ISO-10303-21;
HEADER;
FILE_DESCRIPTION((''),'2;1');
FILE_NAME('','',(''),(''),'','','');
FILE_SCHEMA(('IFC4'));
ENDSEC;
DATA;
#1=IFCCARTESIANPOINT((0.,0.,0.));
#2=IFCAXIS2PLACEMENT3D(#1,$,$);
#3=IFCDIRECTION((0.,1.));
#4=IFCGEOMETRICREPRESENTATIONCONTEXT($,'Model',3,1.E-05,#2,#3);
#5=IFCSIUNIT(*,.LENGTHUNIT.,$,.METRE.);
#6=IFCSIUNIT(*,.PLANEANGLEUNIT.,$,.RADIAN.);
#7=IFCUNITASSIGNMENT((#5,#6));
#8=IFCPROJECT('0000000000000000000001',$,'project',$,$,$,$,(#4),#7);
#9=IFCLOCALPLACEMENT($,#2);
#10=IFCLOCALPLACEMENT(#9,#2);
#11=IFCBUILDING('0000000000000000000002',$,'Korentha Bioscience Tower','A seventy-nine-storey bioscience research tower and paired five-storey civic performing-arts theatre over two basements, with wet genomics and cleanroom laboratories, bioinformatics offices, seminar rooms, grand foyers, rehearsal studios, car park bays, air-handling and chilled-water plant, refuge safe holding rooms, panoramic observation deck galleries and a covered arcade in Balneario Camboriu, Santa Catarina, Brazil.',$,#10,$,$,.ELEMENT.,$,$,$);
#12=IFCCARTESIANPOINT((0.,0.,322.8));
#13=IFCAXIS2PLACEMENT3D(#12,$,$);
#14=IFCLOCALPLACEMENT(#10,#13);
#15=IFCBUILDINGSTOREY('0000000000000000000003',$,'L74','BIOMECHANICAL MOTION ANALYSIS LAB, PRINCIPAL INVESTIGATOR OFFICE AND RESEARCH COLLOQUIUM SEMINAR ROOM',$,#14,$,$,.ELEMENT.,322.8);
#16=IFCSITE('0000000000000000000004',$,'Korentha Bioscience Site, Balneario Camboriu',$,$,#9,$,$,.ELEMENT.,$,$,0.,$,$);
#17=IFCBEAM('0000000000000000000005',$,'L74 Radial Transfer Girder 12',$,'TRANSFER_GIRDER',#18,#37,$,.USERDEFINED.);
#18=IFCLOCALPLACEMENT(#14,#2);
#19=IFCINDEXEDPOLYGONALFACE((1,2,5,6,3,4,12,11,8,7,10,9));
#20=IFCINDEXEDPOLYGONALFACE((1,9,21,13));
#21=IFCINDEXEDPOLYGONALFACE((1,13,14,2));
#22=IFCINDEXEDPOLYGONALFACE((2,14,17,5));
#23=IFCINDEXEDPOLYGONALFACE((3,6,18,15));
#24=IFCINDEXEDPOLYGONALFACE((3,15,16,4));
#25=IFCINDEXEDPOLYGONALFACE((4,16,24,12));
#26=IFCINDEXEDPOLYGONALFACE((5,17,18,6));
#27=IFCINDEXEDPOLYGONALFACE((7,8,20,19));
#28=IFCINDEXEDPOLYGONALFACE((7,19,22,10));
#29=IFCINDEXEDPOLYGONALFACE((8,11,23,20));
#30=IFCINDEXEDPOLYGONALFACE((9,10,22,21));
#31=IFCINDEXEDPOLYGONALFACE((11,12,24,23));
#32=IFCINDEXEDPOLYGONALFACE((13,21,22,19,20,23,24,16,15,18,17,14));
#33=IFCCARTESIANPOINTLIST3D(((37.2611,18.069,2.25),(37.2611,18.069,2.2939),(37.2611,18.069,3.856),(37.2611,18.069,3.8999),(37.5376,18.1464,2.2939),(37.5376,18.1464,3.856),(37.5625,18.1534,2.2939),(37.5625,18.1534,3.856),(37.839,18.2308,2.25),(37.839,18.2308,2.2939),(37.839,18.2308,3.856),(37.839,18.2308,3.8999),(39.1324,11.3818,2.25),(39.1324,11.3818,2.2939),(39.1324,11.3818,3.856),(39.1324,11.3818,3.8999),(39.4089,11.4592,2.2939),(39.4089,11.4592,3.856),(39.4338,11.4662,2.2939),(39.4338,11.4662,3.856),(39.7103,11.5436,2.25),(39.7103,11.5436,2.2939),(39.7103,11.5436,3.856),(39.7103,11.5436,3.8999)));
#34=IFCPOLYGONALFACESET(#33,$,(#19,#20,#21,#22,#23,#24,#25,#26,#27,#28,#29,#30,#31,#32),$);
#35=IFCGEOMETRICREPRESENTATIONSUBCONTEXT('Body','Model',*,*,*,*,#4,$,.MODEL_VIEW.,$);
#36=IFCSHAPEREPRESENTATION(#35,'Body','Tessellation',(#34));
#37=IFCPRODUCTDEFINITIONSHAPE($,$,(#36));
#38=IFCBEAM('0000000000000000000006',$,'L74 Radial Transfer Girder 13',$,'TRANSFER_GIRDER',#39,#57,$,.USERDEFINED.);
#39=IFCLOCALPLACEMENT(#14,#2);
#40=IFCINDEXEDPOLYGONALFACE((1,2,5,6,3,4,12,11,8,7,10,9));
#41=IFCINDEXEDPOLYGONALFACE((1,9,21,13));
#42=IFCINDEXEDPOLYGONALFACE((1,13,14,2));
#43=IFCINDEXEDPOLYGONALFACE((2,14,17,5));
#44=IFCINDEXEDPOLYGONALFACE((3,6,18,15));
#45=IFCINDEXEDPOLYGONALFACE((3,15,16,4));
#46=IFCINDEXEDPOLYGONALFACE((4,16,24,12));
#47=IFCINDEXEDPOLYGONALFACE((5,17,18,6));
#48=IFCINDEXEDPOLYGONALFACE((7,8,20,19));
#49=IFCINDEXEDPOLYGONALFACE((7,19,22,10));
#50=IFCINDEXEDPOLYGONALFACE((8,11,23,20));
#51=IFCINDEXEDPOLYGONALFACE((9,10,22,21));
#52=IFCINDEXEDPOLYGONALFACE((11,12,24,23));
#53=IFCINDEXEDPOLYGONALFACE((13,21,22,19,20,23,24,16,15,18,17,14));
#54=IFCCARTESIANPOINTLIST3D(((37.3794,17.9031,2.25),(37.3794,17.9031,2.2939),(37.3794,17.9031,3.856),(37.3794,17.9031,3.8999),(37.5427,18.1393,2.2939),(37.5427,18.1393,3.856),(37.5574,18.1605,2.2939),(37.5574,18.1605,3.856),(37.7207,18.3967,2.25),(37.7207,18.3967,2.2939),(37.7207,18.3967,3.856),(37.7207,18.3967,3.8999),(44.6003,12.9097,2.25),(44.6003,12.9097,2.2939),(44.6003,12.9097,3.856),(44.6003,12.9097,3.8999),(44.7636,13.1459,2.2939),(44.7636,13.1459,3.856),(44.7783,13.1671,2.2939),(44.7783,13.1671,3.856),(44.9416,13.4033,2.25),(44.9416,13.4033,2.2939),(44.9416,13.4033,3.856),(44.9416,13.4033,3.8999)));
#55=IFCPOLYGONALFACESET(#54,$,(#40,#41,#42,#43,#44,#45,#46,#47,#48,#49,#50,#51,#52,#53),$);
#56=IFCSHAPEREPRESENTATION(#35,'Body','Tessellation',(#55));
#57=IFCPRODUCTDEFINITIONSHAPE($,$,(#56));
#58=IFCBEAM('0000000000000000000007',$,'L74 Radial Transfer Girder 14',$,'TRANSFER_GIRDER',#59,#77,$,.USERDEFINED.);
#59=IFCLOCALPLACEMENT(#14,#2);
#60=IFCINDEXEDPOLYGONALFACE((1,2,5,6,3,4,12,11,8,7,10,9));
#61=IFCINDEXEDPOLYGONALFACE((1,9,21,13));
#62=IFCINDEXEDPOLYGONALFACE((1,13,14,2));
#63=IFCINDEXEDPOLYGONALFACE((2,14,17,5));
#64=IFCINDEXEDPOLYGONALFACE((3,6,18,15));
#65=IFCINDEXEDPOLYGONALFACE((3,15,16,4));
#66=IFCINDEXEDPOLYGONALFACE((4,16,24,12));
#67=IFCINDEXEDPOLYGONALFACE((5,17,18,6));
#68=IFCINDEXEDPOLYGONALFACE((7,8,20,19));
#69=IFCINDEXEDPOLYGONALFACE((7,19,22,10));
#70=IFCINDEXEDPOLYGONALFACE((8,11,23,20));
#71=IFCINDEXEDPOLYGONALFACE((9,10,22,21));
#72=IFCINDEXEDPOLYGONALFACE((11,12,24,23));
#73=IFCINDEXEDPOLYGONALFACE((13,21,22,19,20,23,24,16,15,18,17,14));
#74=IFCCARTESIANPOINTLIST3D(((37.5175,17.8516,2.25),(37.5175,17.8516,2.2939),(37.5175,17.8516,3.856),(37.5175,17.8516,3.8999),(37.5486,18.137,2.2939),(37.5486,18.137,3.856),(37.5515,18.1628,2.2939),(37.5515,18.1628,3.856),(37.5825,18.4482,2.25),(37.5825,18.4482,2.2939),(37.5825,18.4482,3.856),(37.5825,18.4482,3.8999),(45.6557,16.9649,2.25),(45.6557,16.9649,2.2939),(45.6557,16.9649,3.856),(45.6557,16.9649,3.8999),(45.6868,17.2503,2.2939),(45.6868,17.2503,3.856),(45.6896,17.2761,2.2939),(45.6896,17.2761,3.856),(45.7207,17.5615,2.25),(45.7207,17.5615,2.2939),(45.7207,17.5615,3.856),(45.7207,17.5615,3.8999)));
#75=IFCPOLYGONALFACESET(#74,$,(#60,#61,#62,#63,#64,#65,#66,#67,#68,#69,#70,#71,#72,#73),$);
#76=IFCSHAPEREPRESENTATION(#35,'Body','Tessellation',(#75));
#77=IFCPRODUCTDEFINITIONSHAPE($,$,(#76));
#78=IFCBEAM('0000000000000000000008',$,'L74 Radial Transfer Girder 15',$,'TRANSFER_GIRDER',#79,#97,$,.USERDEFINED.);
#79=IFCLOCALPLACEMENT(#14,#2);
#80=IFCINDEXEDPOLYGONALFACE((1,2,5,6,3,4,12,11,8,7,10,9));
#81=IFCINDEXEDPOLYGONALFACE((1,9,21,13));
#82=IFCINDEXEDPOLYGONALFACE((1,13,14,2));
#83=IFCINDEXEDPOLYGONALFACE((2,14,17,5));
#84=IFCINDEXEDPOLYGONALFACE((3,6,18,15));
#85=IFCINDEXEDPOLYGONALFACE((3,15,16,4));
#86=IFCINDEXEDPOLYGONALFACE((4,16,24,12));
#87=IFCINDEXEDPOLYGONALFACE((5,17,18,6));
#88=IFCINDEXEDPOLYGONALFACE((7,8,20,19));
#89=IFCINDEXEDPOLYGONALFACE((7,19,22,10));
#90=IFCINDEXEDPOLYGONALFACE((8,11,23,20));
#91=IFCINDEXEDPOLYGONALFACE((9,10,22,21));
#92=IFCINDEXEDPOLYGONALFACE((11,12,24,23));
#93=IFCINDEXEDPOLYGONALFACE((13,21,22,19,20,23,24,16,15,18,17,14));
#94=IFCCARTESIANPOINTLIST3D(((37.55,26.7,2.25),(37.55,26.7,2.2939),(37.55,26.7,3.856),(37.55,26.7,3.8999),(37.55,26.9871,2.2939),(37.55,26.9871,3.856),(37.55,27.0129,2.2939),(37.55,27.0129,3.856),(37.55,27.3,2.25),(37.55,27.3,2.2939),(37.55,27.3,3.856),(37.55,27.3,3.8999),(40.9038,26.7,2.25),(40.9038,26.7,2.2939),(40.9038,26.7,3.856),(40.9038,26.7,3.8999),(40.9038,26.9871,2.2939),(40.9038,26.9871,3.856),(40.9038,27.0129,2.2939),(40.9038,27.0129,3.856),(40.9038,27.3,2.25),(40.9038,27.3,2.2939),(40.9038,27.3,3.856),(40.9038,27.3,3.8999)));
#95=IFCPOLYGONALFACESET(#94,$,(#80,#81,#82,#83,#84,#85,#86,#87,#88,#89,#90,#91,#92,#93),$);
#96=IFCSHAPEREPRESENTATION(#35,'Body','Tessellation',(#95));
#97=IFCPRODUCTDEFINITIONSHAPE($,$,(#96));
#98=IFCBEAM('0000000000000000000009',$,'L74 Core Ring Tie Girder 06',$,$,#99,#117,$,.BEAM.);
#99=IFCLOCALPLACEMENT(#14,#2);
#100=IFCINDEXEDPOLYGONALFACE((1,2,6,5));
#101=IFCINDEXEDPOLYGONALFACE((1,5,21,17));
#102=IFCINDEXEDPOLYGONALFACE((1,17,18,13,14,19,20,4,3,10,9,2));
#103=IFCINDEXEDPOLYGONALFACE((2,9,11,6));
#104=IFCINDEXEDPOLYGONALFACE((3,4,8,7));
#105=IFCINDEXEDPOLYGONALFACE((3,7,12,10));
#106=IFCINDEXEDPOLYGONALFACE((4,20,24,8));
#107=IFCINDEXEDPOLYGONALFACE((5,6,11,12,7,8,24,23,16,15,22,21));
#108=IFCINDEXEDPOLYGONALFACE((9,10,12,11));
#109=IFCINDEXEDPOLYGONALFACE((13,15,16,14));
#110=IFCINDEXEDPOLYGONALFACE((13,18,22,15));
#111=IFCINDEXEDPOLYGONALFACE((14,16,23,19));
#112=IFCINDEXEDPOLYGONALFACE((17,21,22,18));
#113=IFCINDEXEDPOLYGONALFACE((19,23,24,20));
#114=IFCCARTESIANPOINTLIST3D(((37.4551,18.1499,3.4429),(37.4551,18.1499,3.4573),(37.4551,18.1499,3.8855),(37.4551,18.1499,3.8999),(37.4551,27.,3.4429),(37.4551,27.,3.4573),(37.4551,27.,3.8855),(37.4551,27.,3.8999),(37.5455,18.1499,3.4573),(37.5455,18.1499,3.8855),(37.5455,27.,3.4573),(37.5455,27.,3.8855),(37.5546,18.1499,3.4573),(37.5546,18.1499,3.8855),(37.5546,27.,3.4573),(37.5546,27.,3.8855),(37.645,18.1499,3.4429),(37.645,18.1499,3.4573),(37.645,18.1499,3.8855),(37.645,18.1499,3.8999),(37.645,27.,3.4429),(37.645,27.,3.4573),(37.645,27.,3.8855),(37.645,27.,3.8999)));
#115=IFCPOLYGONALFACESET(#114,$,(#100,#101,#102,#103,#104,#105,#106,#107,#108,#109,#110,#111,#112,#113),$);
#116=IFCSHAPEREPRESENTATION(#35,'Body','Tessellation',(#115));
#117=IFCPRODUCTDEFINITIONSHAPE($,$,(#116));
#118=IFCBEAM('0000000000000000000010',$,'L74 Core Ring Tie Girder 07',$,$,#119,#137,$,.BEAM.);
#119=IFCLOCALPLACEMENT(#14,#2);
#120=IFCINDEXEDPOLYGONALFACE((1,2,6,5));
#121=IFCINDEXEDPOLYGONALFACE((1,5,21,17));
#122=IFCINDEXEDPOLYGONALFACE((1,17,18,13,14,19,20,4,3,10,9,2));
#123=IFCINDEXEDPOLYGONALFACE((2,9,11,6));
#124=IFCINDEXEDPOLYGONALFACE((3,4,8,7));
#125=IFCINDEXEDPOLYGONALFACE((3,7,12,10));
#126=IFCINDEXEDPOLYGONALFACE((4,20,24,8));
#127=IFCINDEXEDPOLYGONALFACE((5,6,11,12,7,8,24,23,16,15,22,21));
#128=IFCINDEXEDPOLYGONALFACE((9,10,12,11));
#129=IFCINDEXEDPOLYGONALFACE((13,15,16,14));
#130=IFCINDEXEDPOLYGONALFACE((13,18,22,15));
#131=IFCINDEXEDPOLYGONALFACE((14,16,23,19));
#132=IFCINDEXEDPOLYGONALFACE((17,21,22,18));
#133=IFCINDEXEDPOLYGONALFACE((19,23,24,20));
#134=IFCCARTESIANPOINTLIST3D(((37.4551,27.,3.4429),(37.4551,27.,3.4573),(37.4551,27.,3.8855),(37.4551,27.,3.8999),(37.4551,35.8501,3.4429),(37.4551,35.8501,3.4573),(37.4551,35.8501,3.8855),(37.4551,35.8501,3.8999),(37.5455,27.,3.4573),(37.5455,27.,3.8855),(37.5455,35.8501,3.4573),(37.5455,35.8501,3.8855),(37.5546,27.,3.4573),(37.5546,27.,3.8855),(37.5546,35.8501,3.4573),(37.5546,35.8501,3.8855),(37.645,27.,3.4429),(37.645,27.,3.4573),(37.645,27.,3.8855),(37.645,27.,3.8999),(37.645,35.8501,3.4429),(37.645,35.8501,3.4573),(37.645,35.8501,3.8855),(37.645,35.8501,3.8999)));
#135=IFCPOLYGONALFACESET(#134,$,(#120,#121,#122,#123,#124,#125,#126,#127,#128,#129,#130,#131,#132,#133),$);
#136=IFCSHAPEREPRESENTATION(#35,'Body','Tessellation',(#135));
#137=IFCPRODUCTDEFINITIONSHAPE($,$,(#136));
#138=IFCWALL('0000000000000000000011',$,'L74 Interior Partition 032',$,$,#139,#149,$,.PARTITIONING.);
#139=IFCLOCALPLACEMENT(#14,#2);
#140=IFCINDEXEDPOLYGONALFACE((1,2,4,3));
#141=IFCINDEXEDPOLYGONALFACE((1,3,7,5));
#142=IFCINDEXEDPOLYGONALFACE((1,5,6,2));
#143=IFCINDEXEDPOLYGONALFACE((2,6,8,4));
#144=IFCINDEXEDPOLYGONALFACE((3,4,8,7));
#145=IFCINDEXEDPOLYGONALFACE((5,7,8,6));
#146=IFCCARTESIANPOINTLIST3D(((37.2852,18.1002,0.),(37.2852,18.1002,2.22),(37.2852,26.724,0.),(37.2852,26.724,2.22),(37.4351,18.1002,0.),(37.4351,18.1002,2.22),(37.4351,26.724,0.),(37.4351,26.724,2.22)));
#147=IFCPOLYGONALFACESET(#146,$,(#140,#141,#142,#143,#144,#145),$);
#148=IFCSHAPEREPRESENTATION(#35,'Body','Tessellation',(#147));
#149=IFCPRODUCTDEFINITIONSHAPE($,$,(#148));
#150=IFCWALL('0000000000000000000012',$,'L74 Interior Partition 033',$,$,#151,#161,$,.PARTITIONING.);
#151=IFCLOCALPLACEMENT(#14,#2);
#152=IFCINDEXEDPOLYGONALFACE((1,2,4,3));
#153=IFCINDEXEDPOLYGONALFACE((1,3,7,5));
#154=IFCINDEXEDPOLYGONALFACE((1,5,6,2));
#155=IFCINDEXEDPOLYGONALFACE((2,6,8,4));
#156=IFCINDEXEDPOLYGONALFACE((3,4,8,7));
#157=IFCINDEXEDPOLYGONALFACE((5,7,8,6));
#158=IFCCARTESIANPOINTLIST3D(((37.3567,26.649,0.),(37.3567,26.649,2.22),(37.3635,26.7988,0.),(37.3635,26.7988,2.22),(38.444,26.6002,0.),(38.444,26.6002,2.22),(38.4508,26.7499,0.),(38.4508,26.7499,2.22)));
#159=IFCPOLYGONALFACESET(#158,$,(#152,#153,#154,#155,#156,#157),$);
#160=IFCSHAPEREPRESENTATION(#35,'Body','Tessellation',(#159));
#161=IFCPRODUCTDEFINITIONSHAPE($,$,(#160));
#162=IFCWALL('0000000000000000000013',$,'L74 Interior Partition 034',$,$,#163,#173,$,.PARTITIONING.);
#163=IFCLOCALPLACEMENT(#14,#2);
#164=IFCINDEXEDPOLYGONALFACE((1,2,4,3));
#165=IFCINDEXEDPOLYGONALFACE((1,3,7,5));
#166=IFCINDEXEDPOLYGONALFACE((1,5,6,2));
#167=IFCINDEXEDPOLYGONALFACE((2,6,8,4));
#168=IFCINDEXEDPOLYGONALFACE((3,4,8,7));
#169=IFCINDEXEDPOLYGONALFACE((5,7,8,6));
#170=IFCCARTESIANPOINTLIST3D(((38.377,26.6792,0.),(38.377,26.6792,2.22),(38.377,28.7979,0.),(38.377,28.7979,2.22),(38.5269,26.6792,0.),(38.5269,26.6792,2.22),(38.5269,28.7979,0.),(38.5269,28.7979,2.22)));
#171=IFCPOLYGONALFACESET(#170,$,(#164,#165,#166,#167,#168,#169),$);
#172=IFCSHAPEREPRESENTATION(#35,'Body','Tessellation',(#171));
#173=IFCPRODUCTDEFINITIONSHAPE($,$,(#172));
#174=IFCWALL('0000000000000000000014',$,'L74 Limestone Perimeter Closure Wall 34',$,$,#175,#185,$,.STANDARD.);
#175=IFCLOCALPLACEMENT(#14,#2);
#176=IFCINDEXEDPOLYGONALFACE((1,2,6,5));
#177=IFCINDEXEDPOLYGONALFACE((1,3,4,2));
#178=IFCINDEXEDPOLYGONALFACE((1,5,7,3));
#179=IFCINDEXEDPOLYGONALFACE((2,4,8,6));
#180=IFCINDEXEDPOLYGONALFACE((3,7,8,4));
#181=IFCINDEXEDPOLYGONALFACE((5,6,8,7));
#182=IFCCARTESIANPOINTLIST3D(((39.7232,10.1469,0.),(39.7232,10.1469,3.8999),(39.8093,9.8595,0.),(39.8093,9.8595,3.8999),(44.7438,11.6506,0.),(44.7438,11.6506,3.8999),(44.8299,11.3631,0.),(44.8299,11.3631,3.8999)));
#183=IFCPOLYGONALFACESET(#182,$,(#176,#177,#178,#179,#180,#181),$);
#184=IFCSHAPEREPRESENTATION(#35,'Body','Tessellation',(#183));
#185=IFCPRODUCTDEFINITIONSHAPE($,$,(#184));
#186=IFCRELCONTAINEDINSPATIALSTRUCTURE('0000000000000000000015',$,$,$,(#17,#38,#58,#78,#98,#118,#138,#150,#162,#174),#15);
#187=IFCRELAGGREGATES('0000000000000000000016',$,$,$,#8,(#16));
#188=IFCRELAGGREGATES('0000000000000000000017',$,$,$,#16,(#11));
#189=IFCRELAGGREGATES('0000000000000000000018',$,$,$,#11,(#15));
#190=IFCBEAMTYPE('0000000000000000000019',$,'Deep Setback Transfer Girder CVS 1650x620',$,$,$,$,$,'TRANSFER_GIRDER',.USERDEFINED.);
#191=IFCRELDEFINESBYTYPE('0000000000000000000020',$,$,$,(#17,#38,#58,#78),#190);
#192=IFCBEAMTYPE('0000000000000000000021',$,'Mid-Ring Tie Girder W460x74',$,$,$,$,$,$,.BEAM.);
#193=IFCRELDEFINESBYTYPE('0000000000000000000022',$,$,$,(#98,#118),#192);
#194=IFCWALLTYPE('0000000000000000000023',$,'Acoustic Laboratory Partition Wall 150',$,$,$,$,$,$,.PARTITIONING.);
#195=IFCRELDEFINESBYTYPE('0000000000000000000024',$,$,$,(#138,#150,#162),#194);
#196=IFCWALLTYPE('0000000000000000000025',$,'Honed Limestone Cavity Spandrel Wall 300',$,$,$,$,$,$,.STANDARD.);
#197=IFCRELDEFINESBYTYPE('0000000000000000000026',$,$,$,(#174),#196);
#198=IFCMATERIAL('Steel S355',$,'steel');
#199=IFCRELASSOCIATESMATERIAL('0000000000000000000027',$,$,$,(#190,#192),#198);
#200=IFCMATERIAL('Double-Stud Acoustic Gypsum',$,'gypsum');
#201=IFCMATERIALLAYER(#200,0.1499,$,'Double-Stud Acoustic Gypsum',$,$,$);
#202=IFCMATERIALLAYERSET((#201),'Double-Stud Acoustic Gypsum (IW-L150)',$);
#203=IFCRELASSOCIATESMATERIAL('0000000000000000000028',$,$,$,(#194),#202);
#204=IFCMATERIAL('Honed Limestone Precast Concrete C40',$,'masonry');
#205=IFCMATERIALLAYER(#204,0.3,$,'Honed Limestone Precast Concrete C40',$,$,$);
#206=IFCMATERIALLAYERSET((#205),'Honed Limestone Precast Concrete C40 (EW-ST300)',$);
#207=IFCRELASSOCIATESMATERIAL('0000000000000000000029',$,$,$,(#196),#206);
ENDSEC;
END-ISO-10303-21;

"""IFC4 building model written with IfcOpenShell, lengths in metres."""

from ifc_helpers import new_model, si_unit, direction, frame, frame_2d, origin, origin_2d, place, context, subcontext, project, spatial, rectangle, i_section, extrude, material, layer, layer_set, material_profile, profile_set, type_object, element, save


model = new_model("IFC4")

# Units and contexts
model_context = context("Model", 3, precision=1e-05, world=origin(), true_north=direction((0.0, 1.0)))
body_context = subcontext(model_context, "Body", "Model", "MODEL_VIEW")
ifc_project = project(units=[si_unit("LENGTHUNIT", "METRE"), si_unit("PLANEANGLEUNIT", "RADIAN")], contexts=[model_context])

# Site, building, storey
site_placement = place(None, origin())
site = spatial("IfcSite", under=ifc_project, at=site_placement, Name="Korentha Bioscience Site, Balneario Camboriu", CompositionType="ELEMENT", RefElevation=0.0)
building_placement = place(site_placement, origin())
building = spatial("IfcBuilding", under=site, at=building_placement, Name="Korentha Bioscience Tower", Description="A seventy-nine-storey bioscience research tower and paired five-storey civic performing-arts theatre over two basements, with wet genomics and cleanroom laboratories, bioinformatics offices, seminar rooms, grand foyers, rehearsal studios, car park bays, air-handling and chilled-water plant, refuge safe holding rooms, panoramic observation deck galleries and a covered arcade in Balneario Camboriu, Santa Catarina, Brazil.", CompositionType="ELEMENT")
storey_placement = place(building_placement, frame((0.0, 0.0, 322.8)))
storey = spatial("IfcBuildingStorey", under=building, at=storey_placement, Name="L74", Description="BIOMECHANICAL MOTION ANALYSIS LAB, PRINCIPAL INVESTIGATOR OFFICE AND RESEARCH COLLOQUIUM SEMINAR ROOM", CompositionType="ELEMENT", Elevation=322.8)

# Beams
ifc_material_1 = material(Name="Steel S355", Category="steel")
ifc_material_profile_1 = material_profile(ifc_material_1, i_section(OverallWidth=0.6001, OverallDepth=1.6499, WebThickness=0.0259, FlangeThickness=0.0439, at=origin_2d()), Name="Steel S355")
ifc_profile_set_1 = profile_set([ifc_material_profile_1], Name="Steel S355 (TG-04)")
beam_type_1 = type_object("IfcBeamType", Name="Deep Setback Transfer Girder CVS 1650x620", ElementType="TRANSFER_GIRDER", PredefinedType="USERDEFINED", material=ifc_profile_set_1)
beam_1_placement = place(storey_placement, frame((37.55, 18.1499, 3.075), z_axis=(0.269484, -0.963005, 0.0), x_axis=(0.963005, 0.269484, 0.0)))
element("IfcBeam", 1, at=beam_1_placement, inside=storey, type_object=beam_type_1, Name="L74 Radial Transfer Girder 12", ObjectType="TRANSFER_GIRDER", PredefinedType="USERDEFINED", context=body_context, shape_type="SweptSolid", body=[
    extrude(i_section(OverallWidth=0.6001, OverallDepth=1.6499, WebThickness=0.0259, FlangeThickness=0.0439, at=origin_2d()), origin(), (0.0, 0.0, 1.0), 6.9441),
])
beam_2_placement = place(storey_placement, frame((37.55, 18.1499, 3.075), z_axis=(0.822496, -0.56877, 0.0), x_axis=(0.56877, 0.822496, 0.0)))
element("IfcBeam", 2, at=beam_2_placement, inside=storey, type_object=beam_type_1, Name="L74 Radial Transfer Girder 13", ObjectType="TRANSFER_GIRDER", PredefinedType="USERDEFINED", context=body_context, shape_type="SweptSolid", body=[
    extrude(i_section(OverallWidth=0.6001, OverallDepth=1.6499, WebThickness=0.0259, FlangeThickness=0.0439, at=origin_2d()), origin(), (0.0, 0.0, 1.0), 8.7793),
])
beam_3_placement = place(storey_placement, frame((37.55, 18.1499, 3.075), z_axis=(0.994116, -0.108317, 0.0), x_axis=(0.108317, 0.994116, 0.0)))
element("IfcBeam", 3, at=beam_3_placement, inside=storey, type_object=beam_type_1, Name="L74 Radial Transfer Girder 14", ObjectType="TRANSFER_GIRDER", PredefinedType="USERDEFINED", context=body_context, shape_type="SweptSolid", body=[
    extrude(i_section(OverallWidth=0.6001, OverallDepth=1.6499, WebThickness=0.0259, FlangeThickness=0.0439, at=origin_2d()), origin(), (0.0, 0.0, 1.0), 8.1863),
])
beam_4_placement = place(storey_placement, frame((37.55, 27.0, 3.075), z_axis=(1.0, 0.0, 0.0), x_axis=(0.0, 1.0, 0.0)))
element("IfcBeam", 4, at=beam_4_placement, inside=storey, type_object=beam_type_1, Name="L74 Radial Transfer Girder 15", ObjectType="TRANSFER_GIRDER", PredefinedType="USERDEFINED", context=body_context, shape_type="SweptSolid", body=[
    extrude(i_section(OverallWidth=0.6001, OverallDepth=1.6499, WebThickness=0.0259, FlangeThickness=0.0439, at=origin_2d()), origin(), (0.0, 0.0, 1.0), 3.3538),
])
ifc_material_profile_2 = material_profile(ifc_material_1, i_section(OverallWidth=0.1899, OverallDepth=0.457, WebThickness=0.009, FlangeThickness=0.0144, at=origin_2d()), Name="Steel S355")
ifc_profile_set_2 = profile_set([ifc_material_profile_2], Name="Steel S355 (MB-460)")
beam_type_2 = type_object("IfcBeamType", Name="Mid-Ring Tie Girder W460x74", PredefinedType="BEAM", material=ifc_profile_set_2)
for number, where, z_axis, x_axis, name in (
    (5, (37.55, 18.1499, 3.6714), (0.0, 1.0, 0.0), (-1.0, 0.0, 0.0), "L74 Core Ring Tie Girder 06"),
    (6, (37.55, 27.0, 3.6714), (0.0, 1.0, 0.0), (-1.0, 0.0, 0.0), "L74 Core Ring Tie Girder 07"),
):
    element("IfcBeam", number, at=place(storey_placement, frame(where, z_axis=z_axis, x_axis=x_axis)), inside=storey, type_object=beam_type_2, Name=name, PredefinedType="BEAM", context=body_context, shape_type="SweptSolid", body=[
        extrude(i_section(OverallWidth=0.1899, OverallDepth=0.457, WebThickness=0.009, FlangeThickness=0.0144, at=origin_2d()), origin(), (0.0, 0.0, 1.0), 8.8501),
    ])

# Walls
ifc_material_2 = material(Name="Double-Stud Acoustic Gypsum", Category="gypsum")
ifc_layer_1 = layer(ifc_material_2, 0.1499, Name="Double-Stud Acoustic Gypsum")
ifc_layer_set_1 = layer_set([ifc_layer_1], Name="Double-Stud Acoustic Gypsum (IW-L150)")
wall_type_1 = type_object("IfcWallType", Name="Acoustic Laboratory Partition Wall 150", PredefinedType="PARTITIONING", material=ifc_layer_set_1)
wall_1_placement = place(storey_placement, frame((37.3601, 18.1001, 0.0), z_axis=(0.0, 0.0, 1.0), x_axis=(0.0, 1.0, 0.0)))
element("IfcWall", 7, at=wall_1_placement, inside=storey, type_object=wall_type_1, Name="L74 Interior Partition 032", PredefinedType="PARTITIONING", context=body_context, shape_type="SweptSolid", body=[
    extrude(rectangle(XDim=8.6238, YDim=0.1499, at=frame_2d((4.312, 0.0))), origin(), (0.0, 0.0, 1.0), 2.22),
])
wall_2_placement = place(storey_placement, frame((37.3601, 26.7239, 0.0), z_axis=(0.0, 0.0, 1.0), x_axis=(0.998993, -0.044858, 0.0)))
element("IfcWall", 8, at=wall_2_placement, inside=storey, type_object=wall_type_1, Name="L74 Interior Partition 033", PredefinedType="PARTITIONING", context=body_context, shape_type="SweptSolid", body=[
    extrude(rectangle(XDim=1.0884, YDim=0.1499, at=frame_2d((0.5442, 0.0))), origin(), (0.0, 0.0, 1.0), 2.22),
])
wall_3_placement = place(storey_placement, frame((38.4519, 26.6792, 0.0), z_axis=(0.0, 0.0, 1.0), x_axis=(0.0, 1.0, 0.0)))
element("IfcWall", 9, at=wall_3_placement, inside=storey, type_object=wall_type_1, Name="L74 Interior Partition 034", PredefinedType="PARTITIONING", context=body_context, shape_type="SweptSolid", body=[
    extrude(rectangle(XDim=2.1187, YDim=0.1499, at=frame_2d((1.0593, 0.0))), origin(), (0.0, 0.0, 1.0), 2.22),
])
ifc_material_3 = material(Name="Honed Limestone Precast Concrete C40", Category="masonry")
ifc_layer_2 = layer(ifc_material_3, 0.3, Name="Honed Limestone Precast Concrete C40")
ifc_layer_set_2 = layer_set([ifc_layer_2], Name="Honed Limestone Precast Concrete C40 (EW-ST300)")
wall_type_2 = type_object("IfcWallType", Name="Honed Limestone Cavity Spandrel Wall 300", PredefinedType="STANDARD", material=ifc_layer_set_2)
wall_4_placement = place(storey_placement, frame((39.7661, 10.0032, 0.0), z_axis=(0.0, 0.0, 1.0), x_axis=(0.957961, 0.286899, 0.0)))
element("IfcWall", 10, at=wall_4_placement, inside=storey, type_object=wall_type_2, Name="L74 Limestone Perimeter Closure Wall 34", PredefinedType="STANDARD", context=body_context, shape_type="SweptSolid", body=[
    extrude(rectangle(XDim=5.241, YDim=0.3, at=frame_2d((2.6206, 0.0))), origin(), (0.0, 0.0, 1.0), 3.8999),
])

save(model, "model.ifc")
